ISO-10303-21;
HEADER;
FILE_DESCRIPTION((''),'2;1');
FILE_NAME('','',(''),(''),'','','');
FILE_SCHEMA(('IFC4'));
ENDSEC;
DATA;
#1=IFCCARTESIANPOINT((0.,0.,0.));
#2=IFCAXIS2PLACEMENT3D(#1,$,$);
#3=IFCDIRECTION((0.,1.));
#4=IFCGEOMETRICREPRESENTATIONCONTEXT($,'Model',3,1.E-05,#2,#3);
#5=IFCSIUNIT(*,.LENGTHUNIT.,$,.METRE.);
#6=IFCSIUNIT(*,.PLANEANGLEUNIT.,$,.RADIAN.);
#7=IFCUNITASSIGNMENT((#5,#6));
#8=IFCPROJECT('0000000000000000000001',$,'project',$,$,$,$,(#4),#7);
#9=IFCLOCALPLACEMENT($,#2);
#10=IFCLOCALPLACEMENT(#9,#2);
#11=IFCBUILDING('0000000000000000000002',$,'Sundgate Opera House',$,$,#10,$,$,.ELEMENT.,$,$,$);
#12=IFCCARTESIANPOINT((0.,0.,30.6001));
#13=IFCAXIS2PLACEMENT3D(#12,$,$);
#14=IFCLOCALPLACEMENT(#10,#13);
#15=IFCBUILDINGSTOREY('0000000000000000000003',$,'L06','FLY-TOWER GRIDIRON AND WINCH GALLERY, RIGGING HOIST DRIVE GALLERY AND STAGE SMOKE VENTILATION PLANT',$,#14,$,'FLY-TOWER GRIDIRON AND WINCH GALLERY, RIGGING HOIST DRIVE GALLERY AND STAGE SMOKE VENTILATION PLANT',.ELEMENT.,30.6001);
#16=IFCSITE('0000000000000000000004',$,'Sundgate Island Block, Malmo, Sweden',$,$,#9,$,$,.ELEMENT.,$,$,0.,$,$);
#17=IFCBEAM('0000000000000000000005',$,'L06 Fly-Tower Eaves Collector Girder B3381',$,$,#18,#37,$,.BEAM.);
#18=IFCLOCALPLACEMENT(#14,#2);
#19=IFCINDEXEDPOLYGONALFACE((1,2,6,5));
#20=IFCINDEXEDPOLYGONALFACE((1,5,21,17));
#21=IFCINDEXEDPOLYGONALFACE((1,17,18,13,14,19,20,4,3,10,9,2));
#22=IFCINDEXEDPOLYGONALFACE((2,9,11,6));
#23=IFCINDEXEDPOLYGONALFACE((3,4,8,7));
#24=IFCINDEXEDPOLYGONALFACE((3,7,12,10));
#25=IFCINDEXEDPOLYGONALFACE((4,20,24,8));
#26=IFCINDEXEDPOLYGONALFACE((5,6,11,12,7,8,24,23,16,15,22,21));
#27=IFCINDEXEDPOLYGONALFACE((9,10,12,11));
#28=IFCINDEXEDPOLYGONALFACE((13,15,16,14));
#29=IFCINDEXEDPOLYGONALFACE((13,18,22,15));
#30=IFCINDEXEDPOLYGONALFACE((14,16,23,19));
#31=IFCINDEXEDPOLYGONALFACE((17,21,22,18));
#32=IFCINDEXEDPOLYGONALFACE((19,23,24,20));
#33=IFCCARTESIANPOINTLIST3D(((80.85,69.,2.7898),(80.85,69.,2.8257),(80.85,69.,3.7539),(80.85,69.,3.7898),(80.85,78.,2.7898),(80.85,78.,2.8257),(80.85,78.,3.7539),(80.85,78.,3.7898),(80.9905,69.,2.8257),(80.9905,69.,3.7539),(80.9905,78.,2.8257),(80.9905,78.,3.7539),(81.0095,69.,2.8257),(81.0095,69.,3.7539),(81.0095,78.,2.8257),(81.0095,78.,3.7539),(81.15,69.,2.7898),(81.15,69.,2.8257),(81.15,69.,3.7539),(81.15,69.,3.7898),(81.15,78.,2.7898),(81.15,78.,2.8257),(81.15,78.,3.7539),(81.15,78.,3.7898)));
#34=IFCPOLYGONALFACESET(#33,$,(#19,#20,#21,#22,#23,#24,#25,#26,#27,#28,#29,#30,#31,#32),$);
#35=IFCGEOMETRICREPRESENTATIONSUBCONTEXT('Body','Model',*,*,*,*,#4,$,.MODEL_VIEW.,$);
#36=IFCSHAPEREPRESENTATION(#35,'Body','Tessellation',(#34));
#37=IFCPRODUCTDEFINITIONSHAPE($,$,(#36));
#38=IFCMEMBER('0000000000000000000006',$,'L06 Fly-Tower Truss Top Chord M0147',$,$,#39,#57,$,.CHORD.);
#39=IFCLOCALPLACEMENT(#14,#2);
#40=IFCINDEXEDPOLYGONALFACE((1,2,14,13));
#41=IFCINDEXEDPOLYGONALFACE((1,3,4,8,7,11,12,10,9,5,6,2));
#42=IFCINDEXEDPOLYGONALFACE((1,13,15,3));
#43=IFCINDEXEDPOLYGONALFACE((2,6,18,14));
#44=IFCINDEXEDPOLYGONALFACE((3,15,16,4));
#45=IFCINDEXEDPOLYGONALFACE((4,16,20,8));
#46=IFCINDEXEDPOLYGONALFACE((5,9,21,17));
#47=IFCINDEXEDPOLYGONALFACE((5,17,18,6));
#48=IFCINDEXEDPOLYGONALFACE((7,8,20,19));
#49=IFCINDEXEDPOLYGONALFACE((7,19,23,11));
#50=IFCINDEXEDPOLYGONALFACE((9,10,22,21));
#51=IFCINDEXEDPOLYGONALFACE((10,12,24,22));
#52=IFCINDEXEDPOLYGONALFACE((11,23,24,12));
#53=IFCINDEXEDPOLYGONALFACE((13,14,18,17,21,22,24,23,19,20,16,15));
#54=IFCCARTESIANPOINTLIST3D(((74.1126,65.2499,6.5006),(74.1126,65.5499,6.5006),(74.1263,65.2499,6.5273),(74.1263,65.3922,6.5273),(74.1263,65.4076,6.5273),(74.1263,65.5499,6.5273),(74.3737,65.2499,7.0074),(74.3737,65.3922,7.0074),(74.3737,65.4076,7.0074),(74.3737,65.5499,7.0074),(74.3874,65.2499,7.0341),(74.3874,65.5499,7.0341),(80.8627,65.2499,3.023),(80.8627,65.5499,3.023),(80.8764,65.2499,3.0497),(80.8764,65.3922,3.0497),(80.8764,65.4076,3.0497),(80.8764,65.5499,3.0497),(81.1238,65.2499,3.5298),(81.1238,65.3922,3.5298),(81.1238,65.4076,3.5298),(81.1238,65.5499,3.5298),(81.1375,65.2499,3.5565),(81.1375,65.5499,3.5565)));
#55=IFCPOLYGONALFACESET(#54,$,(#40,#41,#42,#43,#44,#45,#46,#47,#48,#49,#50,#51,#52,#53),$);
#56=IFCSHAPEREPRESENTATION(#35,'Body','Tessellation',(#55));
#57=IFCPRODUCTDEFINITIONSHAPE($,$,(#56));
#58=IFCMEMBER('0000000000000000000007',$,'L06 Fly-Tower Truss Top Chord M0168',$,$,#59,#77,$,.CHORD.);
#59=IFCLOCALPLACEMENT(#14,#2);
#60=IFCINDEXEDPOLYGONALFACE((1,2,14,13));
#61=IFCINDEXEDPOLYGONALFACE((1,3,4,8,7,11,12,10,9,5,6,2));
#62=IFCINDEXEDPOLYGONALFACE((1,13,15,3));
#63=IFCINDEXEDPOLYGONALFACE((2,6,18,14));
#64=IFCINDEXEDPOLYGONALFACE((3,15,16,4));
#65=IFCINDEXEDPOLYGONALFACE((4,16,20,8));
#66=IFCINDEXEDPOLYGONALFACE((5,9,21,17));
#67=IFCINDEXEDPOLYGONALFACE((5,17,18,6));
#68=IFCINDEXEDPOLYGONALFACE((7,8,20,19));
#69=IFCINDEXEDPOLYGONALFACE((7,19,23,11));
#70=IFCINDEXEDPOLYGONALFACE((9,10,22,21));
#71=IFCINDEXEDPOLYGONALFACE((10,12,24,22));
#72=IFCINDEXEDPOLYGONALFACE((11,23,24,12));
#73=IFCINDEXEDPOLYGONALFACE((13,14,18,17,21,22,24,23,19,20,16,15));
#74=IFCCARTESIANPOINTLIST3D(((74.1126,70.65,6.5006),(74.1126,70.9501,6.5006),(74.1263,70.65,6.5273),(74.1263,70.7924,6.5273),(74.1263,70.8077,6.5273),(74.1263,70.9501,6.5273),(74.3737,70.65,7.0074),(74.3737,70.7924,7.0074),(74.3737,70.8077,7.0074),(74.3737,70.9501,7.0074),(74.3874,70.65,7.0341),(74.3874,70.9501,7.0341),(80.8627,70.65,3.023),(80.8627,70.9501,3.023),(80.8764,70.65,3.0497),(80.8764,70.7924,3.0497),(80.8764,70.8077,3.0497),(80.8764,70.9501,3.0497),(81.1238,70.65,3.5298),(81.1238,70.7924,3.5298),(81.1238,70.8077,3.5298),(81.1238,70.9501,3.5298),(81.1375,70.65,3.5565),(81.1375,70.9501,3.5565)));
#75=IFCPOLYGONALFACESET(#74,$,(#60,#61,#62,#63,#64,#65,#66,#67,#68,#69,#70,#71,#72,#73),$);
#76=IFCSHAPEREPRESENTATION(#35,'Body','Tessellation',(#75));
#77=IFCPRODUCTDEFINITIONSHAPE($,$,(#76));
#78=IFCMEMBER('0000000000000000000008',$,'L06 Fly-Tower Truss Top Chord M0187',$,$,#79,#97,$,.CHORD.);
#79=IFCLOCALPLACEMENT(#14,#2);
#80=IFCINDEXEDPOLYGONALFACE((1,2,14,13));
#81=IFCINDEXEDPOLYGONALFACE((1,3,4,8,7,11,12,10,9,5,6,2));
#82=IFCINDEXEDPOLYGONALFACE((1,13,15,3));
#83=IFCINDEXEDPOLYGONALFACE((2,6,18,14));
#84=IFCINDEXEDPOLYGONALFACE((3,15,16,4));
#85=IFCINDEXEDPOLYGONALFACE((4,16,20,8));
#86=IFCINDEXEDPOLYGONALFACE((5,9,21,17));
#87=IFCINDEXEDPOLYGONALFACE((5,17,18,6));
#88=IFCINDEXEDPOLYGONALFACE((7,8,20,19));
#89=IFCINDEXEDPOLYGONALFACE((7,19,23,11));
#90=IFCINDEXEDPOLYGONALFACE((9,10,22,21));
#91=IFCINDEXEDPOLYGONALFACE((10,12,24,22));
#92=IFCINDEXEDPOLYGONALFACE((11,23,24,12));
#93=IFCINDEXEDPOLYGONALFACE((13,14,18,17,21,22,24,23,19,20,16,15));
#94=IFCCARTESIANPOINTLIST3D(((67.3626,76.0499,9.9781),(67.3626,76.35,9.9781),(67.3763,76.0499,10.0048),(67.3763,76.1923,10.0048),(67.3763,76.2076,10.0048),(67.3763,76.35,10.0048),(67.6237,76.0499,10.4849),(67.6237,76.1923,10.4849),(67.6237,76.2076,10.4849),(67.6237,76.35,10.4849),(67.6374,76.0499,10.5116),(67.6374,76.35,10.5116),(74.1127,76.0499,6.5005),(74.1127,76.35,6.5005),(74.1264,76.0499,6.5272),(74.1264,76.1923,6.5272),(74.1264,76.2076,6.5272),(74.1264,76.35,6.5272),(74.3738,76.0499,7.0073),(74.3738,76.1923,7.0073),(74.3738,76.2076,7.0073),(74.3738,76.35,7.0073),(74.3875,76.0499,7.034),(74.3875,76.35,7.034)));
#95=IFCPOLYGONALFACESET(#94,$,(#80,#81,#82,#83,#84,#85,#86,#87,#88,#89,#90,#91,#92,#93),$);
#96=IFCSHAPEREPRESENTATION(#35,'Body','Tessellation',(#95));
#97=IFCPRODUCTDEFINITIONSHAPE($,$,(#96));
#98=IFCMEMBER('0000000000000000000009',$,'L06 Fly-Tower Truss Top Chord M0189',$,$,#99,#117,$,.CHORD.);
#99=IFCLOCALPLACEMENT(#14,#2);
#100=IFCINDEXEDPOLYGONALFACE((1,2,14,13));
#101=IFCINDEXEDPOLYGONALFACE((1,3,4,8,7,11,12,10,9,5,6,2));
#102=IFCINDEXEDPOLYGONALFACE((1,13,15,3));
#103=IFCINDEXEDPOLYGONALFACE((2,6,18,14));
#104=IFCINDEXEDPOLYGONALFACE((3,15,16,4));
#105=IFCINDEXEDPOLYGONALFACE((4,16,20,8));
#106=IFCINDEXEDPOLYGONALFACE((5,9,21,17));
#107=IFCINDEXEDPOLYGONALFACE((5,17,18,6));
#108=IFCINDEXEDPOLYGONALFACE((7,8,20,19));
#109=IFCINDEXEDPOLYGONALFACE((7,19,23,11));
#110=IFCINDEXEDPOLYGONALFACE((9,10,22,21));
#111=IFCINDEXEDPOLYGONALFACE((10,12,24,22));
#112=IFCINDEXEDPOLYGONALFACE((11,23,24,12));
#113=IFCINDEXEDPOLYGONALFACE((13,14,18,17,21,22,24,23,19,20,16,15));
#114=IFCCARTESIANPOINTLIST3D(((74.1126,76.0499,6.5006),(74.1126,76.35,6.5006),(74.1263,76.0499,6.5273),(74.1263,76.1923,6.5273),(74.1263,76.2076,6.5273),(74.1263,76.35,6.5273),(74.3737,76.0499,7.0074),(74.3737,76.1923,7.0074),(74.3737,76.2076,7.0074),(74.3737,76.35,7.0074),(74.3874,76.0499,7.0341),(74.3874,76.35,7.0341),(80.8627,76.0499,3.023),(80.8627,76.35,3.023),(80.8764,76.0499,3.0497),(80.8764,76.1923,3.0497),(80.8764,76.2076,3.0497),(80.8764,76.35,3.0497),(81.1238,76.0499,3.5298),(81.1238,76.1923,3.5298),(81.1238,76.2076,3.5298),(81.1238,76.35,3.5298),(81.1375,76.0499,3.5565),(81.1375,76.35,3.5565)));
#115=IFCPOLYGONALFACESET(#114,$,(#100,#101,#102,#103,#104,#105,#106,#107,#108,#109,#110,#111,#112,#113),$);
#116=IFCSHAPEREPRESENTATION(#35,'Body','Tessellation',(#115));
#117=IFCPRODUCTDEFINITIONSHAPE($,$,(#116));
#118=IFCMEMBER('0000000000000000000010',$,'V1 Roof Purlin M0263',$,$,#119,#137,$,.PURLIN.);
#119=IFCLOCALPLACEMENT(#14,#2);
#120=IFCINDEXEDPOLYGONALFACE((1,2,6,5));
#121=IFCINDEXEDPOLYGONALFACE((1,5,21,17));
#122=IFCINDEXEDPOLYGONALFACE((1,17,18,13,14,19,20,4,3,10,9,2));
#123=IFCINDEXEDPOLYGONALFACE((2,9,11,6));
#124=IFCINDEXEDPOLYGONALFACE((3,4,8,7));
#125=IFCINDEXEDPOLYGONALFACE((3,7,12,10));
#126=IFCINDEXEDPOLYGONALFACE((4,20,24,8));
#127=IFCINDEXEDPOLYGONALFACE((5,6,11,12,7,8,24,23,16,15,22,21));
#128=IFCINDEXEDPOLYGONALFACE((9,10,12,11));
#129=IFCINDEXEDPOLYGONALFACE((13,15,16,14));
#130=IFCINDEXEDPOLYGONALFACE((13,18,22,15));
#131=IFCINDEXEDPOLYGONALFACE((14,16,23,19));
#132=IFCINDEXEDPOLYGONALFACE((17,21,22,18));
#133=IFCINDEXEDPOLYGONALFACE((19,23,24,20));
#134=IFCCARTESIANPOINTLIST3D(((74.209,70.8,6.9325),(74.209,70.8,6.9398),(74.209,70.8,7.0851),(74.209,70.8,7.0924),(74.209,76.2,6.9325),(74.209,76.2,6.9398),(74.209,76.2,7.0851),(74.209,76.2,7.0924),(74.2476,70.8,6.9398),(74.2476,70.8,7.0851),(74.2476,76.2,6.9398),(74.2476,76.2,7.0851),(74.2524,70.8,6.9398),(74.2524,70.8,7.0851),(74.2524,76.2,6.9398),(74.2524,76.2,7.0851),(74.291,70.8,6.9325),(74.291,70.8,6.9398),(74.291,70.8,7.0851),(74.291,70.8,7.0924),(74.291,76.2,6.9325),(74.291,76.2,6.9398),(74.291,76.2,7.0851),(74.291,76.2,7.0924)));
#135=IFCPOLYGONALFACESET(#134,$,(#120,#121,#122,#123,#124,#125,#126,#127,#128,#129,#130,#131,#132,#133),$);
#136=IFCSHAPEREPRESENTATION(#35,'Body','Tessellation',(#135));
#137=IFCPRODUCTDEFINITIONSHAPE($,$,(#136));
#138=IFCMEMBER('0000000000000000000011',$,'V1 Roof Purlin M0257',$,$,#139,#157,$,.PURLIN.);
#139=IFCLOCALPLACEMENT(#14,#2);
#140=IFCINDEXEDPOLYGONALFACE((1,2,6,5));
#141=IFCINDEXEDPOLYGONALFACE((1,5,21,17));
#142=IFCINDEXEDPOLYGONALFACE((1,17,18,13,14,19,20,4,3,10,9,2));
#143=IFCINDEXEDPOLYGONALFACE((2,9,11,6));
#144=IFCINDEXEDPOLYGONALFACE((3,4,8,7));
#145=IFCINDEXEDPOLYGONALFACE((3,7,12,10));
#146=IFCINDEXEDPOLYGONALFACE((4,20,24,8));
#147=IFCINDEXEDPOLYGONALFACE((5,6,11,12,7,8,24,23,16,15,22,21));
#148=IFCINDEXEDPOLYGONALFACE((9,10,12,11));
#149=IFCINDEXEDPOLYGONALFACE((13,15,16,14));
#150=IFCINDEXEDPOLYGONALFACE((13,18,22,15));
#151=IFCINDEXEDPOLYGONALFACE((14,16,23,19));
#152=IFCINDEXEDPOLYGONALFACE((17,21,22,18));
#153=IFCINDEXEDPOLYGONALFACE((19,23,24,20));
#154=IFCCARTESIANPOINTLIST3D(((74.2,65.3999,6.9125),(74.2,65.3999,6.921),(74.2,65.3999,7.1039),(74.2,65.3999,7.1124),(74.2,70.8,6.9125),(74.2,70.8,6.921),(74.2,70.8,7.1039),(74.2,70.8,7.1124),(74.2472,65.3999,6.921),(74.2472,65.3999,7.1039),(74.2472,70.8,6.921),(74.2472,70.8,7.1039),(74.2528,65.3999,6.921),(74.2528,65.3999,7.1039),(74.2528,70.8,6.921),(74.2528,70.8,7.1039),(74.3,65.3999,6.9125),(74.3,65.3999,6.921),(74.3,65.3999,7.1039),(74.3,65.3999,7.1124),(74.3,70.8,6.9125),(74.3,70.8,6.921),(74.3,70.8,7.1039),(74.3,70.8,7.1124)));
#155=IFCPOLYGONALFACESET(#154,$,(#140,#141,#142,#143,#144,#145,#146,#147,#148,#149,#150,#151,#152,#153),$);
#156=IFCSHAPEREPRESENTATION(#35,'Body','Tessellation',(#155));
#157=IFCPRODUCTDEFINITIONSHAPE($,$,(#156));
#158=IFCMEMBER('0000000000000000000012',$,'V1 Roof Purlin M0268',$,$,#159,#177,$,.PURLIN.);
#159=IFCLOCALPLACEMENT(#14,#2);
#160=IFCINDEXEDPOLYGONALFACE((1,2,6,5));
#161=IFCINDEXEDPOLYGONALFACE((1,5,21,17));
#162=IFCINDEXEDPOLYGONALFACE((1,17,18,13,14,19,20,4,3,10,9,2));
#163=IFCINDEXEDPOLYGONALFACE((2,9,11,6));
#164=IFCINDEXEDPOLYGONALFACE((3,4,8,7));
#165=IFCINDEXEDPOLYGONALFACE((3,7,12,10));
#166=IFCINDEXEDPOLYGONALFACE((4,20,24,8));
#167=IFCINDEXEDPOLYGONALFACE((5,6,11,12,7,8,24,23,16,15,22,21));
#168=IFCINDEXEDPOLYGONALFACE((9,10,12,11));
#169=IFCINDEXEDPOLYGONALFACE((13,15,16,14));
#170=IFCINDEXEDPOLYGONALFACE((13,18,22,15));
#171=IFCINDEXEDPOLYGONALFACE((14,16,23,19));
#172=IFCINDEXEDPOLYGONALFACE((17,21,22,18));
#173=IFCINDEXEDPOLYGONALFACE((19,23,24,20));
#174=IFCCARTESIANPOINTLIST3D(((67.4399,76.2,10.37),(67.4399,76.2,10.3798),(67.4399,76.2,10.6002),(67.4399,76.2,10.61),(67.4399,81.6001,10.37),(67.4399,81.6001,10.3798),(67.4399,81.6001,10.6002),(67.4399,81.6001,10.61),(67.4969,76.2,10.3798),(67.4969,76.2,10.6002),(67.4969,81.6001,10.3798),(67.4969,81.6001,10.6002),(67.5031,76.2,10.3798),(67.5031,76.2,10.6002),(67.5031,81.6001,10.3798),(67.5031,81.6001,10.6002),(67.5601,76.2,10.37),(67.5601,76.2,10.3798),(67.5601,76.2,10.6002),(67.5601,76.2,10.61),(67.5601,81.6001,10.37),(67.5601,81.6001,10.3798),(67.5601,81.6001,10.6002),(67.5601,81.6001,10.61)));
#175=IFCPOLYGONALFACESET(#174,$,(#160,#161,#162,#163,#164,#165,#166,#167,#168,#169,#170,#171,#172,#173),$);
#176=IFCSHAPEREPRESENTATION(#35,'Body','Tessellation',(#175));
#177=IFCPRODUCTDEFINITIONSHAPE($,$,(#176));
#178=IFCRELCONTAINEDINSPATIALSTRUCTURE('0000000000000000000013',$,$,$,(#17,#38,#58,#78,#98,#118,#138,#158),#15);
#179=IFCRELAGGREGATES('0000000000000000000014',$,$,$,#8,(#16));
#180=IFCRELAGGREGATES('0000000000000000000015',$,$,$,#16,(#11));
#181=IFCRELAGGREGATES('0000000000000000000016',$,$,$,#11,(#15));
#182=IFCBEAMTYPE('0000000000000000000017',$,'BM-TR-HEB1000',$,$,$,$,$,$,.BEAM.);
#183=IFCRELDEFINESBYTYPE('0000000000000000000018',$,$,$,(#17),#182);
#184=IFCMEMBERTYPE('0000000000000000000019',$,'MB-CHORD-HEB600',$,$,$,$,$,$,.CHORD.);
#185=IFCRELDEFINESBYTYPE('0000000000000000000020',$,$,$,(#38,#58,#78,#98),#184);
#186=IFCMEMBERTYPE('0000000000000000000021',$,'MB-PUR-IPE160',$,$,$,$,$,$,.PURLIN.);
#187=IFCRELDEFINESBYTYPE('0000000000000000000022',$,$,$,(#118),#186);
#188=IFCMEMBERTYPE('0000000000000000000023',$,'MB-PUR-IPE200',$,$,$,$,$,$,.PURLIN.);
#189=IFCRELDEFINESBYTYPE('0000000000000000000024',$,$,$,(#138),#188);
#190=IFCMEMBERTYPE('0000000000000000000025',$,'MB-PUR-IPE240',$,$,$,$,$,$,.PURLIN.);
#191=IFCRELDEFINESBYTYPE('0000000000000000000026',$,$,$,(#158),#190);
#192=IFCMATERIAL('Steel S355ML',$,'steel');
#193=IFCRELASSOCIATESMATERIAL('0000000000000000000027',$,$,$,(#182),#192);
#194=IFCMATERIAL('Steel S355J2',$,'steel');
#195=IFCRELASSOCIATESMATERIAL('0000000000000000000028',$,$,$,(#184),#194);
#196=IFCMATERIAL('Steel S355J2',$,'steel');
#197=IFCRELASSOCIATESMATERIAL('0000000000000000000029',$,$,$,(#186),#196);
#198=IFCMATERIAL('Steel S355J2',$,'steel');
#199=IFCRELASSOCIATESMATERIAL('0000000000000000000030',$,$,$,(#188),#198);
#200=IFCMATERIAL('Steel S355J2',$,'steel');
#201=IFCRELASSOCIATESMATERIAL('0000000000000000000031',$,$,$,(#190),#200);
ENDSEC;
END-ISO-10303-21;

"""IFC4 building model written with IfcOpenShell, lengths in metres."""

from ifc_helpers import new_model, si_unit, direction, frame, origin, origin_2d, place, context, subcontext, project, spatial, i_section, extrude, material, material_profile, profile_set, type_object, element, save


model = new_model("IFC4")

# Units and contexts
model_context = context("Model", 3, precision=1e-05, world=origin(), true_north=direction((0.0, 1.0)))
body_context = subcontext(model_context, "Body", "Model", "MODEL_VIEW")
ifc_project = project(units=[si_unit("LENGTHUNIT", "METRE"), si_unit("PLANEANGLEUNIT", "RADIAN")], contexts=[model_context])

# Site, building, storey
site_placement = place(None, origin())
site = spatial("IfcSite", under=ifc_project, at=site_placement, Name="Sundgate Island Block, Malmo, Sweden", CompositionType="ELEMENT", RefElevation=0.0)
building_placement = place(site_placement, origin())
building = spatial("IfcBuilding", under=site, at=building_placement, Name="Sundgate Opera House", CompositionType="ELEMENT")
storey_placement = place(building_placement, frame((0.0, 0.0, 30.6001)))
storey = spatial("IfcBuildingStorey", under=building, at=storey_placement, Name="L06", Description="FLY-TOWER GRIDIRON AND WINCH GALLERY, RIGGING HOIST DRIVE GALLERY AND STAGE SMOKE VENTILATION PLANT", LongName="FLY-TOWER GRIDIRON AND WINCH GALLERY, RIGGING HOIST DRIVE GALLERY AND STAGE SMOKE VENTILATION PLANT", CompositionType="ELEMENT", Elevation=30.6001)

# Beam
ifc_material_1 = material(Name="Steel S355ML", Category="steel")
ifc_material_profile_1 = material_profile(ifc_material_1, i_section(OverallWidth=0.3, OverallDepth=1.0, WebThickness=0.019, FlangeThickness=0.0359, at=origin_2d()), Name="HEB 1000")
ifc_profile_set_1 = profile_set([ifc_material_profile_1], Name="Steel S355ML")
beam_type_1 = type_object("IfcBeamType", Name="BM-TR-HEB1000", PredefinedType="BEAM", material=ifc_profile_set_1)
beam_1_placement = place(storey_placement, frame((81.0, 69.0, 3.2898), z_axis=(0.0, 1.0, 0.0), x_axis=(-1.0, 0.0, 0.0)))
element("IfcBeam", 1, at=beam_1_placement, inside=storey, type_object=beam_type_1, Name="L06 Fly-Tower Eaves Collector Girder B3381", PredefinedType="BEAM", context=body_context, shape_type="SweptSolid", body=[
    extrude(i_section(OverallWidth=0.3, OverallDepth=1.0, WebThickness=0.019, FlangeThickness=0.0359, at=origin_2d()), origin(), (0.0, 0.0, 1.0), 9.0),
])

# Members
ifc_material_2 = material(Name="Steel S355J2", Category="steel")
ifc_material_profile_2 = material_profile(ifc_material_2, i_section(OverallWidth=0.3, OverallDepth=0.6001, WebThickness=0.0154, FlangeThickness=0.03, at=origin_2d()), Name="HEB 600")
ifc_profile_set_2 = profile_set([ifc_material_profile_2], Name="Steel S355J2")
member_type_1 = type_object("IfcMemberType", Name="MB-CHORD-HEB600", PredefinedType="CHORD", material=ifc_profile_set_2)
for number, where, z_axis, x_axis, name in (
    (2, (74.25, 65.3999, 6.7673), (0.88896, 0.0, -0.457984), (0.0, 1.0, 0.0), "L06 Fly-Tower Truss Top Chord M0147"),
    (3, (74.25, 70.8, 6.7673), (0.88896, 0.0, -0.457984), (0.0, 1.0, 0.0), "L06 Fly-Tower Truss Top Chord M0168"),
    (4, (67.5, 76.2, 10.2449), (0.88896, 0.0, -0.457984), (0.0, 1.0, 0.0), "L06 Fly-Tower Truss Top Chord M0187"),
    (5, (74.25, 76.2, 6.7673), (0.88896, 0.0, -0.457984), (0.0, 1.0, 0.0), "L06 Fly-Tower Truss Top Chord M0189"),
):
    element("IfcMember", number, at=place(storey_placement, frame(where, z_axis=z_axis, x_axis=x_axis)), inside=storey, type_object=member_type_1, Name=name, PredefinedType="CHORD", context=body_context, shape_type="SweptSolid", body=[
        extrude(i_section(OverallWidth=0.3, OverallDepth=0.6001, WebThickness=0.0154, FlangeThickness=0.03, at=origin_2d()), origin(), (0.0, 0.0, 1.0), 7.5933),
    ])
ifc_material_3 = material(Name="Steel S355J2", Category="steel")
ifc_material_profile_3 = material_profile(ifc_material_3, i_section(OverallWidth=0.082, OverallDepth=0.1599, WebThickness=0.0049, FlangeThickness=0.0073, at=origin_2d()), Name="IPE 160")
ifc_profile_set_3 = profile_set([ifc_material_profile_3], Name="Steel S355J2")
member_type_2 = type_object("IfcMemberType", Name="MB-PUR-IPE160", PredefinedType="PURLIN", material=ifc_profile_set_3)
member_1_placement = place(storey_placement, frame((74.25, 70.8, 7.0125), z_axis=(0.0, 1.0, 0.0), x_axis=(-1.0, 0.0, 0.0)))
element("IfcMember", 6, at=member_1_placement, inside=storey, type_object=member_type_2, Name="V1 Roof Purlin M0263", PredefinedType="PURLIN", context=body_context, shape_type="SweptSolid", body=[
    extrude(i_section(OverallWidth=0.082, OverallDepth=0.1599, WebThickness=0.0049, FlangeThickness=0.0073, at=origin_2d()), origin(), (0.0, 0.0, 1.0), 5.3999),
])
ifc_material_4 = material(Name="Steel S355J2", Category="steel")
ifc_material_profile_4 = material_profile(ifc_material_4, i_section(OverallWidth=0.1001, OverallDepth=0.2, WebThickness=0.0056, FlangeThickness=0.0085, at=origin_2d()), Name="IPE 200")
ifc_profile_set_4 = profile_set([ifc_material_profile_4], Name="Steel S355J2")
member_type_3 = type_object("IfcMemberType", Name="MB-PUR-IPE200", PredefinedType="PURLIN", material=ifc_profile_set_4)
member_2_placement = place(storey_placement, frame((74.25, 65.3999, 7.0125), z_axis=(0.0, 1.0, 0.0), x_axis=(-1.0, 0.0, 0.0)))
element("IfcMember", 7, at=member_2_placement, inside=storey, type_object=member_type_3, Name="V1 Roof Purlin M0257", PredefinedType="PURLIN", context=body_context, shape_type="SweptSolid", body=[
    extrude(i_section(OverallWidth=0.1001, OverallDepth=0.2, WebThickness=0.0056, FlangeThickness=0.0085, at=origin_2d()), origin(), (0.0, 0.0, 1.0), 5.4001),
])
ifc_material_5 = material(Name="Steel S355J2", Category="steel")
ifc_material_profile_5 = material_profile(ifc_material_5, i_section(OverallWidth=0.1201, OverallDepth=0.24, WebThickness=0.0061, FlangeThickness=0.0098, at=origin_2d()), Name="IPE 240")
ifc_profile_set_5 = profile_set([ifc_material_profile_5], Name="Steel S355J2")
member_type_4 = type_object("IfcMemberType", Name="MB-PUR-IPE240", PredefinedType="PURLIN", material=ifc_profile_set_5)
member_3_placement = place(storey_placement, frame((67.5, 76.2, 10.49), z_axis=(0.0, 1.0, 0.0), x_axis=(-1.0, 0.0, 0.0)))
element("IfcMember", 8, at=member_3_placement, inside=storey, type_object=member_type_4, Name="V1 Roof Purlin M0268", PredefinedType="PURLIN", context=body_context, shape_type="SweptSolid", body=[
    extrude(i_section(OverallWidth=0.1201, OverallDepth=0.24, WebThickness=0.0061, FlangeThickness=0.0098, at=origin_2d()), origin(), (0.0, 0.0, 1.0), 5.4001),
])

save(model, "model.ifc")
